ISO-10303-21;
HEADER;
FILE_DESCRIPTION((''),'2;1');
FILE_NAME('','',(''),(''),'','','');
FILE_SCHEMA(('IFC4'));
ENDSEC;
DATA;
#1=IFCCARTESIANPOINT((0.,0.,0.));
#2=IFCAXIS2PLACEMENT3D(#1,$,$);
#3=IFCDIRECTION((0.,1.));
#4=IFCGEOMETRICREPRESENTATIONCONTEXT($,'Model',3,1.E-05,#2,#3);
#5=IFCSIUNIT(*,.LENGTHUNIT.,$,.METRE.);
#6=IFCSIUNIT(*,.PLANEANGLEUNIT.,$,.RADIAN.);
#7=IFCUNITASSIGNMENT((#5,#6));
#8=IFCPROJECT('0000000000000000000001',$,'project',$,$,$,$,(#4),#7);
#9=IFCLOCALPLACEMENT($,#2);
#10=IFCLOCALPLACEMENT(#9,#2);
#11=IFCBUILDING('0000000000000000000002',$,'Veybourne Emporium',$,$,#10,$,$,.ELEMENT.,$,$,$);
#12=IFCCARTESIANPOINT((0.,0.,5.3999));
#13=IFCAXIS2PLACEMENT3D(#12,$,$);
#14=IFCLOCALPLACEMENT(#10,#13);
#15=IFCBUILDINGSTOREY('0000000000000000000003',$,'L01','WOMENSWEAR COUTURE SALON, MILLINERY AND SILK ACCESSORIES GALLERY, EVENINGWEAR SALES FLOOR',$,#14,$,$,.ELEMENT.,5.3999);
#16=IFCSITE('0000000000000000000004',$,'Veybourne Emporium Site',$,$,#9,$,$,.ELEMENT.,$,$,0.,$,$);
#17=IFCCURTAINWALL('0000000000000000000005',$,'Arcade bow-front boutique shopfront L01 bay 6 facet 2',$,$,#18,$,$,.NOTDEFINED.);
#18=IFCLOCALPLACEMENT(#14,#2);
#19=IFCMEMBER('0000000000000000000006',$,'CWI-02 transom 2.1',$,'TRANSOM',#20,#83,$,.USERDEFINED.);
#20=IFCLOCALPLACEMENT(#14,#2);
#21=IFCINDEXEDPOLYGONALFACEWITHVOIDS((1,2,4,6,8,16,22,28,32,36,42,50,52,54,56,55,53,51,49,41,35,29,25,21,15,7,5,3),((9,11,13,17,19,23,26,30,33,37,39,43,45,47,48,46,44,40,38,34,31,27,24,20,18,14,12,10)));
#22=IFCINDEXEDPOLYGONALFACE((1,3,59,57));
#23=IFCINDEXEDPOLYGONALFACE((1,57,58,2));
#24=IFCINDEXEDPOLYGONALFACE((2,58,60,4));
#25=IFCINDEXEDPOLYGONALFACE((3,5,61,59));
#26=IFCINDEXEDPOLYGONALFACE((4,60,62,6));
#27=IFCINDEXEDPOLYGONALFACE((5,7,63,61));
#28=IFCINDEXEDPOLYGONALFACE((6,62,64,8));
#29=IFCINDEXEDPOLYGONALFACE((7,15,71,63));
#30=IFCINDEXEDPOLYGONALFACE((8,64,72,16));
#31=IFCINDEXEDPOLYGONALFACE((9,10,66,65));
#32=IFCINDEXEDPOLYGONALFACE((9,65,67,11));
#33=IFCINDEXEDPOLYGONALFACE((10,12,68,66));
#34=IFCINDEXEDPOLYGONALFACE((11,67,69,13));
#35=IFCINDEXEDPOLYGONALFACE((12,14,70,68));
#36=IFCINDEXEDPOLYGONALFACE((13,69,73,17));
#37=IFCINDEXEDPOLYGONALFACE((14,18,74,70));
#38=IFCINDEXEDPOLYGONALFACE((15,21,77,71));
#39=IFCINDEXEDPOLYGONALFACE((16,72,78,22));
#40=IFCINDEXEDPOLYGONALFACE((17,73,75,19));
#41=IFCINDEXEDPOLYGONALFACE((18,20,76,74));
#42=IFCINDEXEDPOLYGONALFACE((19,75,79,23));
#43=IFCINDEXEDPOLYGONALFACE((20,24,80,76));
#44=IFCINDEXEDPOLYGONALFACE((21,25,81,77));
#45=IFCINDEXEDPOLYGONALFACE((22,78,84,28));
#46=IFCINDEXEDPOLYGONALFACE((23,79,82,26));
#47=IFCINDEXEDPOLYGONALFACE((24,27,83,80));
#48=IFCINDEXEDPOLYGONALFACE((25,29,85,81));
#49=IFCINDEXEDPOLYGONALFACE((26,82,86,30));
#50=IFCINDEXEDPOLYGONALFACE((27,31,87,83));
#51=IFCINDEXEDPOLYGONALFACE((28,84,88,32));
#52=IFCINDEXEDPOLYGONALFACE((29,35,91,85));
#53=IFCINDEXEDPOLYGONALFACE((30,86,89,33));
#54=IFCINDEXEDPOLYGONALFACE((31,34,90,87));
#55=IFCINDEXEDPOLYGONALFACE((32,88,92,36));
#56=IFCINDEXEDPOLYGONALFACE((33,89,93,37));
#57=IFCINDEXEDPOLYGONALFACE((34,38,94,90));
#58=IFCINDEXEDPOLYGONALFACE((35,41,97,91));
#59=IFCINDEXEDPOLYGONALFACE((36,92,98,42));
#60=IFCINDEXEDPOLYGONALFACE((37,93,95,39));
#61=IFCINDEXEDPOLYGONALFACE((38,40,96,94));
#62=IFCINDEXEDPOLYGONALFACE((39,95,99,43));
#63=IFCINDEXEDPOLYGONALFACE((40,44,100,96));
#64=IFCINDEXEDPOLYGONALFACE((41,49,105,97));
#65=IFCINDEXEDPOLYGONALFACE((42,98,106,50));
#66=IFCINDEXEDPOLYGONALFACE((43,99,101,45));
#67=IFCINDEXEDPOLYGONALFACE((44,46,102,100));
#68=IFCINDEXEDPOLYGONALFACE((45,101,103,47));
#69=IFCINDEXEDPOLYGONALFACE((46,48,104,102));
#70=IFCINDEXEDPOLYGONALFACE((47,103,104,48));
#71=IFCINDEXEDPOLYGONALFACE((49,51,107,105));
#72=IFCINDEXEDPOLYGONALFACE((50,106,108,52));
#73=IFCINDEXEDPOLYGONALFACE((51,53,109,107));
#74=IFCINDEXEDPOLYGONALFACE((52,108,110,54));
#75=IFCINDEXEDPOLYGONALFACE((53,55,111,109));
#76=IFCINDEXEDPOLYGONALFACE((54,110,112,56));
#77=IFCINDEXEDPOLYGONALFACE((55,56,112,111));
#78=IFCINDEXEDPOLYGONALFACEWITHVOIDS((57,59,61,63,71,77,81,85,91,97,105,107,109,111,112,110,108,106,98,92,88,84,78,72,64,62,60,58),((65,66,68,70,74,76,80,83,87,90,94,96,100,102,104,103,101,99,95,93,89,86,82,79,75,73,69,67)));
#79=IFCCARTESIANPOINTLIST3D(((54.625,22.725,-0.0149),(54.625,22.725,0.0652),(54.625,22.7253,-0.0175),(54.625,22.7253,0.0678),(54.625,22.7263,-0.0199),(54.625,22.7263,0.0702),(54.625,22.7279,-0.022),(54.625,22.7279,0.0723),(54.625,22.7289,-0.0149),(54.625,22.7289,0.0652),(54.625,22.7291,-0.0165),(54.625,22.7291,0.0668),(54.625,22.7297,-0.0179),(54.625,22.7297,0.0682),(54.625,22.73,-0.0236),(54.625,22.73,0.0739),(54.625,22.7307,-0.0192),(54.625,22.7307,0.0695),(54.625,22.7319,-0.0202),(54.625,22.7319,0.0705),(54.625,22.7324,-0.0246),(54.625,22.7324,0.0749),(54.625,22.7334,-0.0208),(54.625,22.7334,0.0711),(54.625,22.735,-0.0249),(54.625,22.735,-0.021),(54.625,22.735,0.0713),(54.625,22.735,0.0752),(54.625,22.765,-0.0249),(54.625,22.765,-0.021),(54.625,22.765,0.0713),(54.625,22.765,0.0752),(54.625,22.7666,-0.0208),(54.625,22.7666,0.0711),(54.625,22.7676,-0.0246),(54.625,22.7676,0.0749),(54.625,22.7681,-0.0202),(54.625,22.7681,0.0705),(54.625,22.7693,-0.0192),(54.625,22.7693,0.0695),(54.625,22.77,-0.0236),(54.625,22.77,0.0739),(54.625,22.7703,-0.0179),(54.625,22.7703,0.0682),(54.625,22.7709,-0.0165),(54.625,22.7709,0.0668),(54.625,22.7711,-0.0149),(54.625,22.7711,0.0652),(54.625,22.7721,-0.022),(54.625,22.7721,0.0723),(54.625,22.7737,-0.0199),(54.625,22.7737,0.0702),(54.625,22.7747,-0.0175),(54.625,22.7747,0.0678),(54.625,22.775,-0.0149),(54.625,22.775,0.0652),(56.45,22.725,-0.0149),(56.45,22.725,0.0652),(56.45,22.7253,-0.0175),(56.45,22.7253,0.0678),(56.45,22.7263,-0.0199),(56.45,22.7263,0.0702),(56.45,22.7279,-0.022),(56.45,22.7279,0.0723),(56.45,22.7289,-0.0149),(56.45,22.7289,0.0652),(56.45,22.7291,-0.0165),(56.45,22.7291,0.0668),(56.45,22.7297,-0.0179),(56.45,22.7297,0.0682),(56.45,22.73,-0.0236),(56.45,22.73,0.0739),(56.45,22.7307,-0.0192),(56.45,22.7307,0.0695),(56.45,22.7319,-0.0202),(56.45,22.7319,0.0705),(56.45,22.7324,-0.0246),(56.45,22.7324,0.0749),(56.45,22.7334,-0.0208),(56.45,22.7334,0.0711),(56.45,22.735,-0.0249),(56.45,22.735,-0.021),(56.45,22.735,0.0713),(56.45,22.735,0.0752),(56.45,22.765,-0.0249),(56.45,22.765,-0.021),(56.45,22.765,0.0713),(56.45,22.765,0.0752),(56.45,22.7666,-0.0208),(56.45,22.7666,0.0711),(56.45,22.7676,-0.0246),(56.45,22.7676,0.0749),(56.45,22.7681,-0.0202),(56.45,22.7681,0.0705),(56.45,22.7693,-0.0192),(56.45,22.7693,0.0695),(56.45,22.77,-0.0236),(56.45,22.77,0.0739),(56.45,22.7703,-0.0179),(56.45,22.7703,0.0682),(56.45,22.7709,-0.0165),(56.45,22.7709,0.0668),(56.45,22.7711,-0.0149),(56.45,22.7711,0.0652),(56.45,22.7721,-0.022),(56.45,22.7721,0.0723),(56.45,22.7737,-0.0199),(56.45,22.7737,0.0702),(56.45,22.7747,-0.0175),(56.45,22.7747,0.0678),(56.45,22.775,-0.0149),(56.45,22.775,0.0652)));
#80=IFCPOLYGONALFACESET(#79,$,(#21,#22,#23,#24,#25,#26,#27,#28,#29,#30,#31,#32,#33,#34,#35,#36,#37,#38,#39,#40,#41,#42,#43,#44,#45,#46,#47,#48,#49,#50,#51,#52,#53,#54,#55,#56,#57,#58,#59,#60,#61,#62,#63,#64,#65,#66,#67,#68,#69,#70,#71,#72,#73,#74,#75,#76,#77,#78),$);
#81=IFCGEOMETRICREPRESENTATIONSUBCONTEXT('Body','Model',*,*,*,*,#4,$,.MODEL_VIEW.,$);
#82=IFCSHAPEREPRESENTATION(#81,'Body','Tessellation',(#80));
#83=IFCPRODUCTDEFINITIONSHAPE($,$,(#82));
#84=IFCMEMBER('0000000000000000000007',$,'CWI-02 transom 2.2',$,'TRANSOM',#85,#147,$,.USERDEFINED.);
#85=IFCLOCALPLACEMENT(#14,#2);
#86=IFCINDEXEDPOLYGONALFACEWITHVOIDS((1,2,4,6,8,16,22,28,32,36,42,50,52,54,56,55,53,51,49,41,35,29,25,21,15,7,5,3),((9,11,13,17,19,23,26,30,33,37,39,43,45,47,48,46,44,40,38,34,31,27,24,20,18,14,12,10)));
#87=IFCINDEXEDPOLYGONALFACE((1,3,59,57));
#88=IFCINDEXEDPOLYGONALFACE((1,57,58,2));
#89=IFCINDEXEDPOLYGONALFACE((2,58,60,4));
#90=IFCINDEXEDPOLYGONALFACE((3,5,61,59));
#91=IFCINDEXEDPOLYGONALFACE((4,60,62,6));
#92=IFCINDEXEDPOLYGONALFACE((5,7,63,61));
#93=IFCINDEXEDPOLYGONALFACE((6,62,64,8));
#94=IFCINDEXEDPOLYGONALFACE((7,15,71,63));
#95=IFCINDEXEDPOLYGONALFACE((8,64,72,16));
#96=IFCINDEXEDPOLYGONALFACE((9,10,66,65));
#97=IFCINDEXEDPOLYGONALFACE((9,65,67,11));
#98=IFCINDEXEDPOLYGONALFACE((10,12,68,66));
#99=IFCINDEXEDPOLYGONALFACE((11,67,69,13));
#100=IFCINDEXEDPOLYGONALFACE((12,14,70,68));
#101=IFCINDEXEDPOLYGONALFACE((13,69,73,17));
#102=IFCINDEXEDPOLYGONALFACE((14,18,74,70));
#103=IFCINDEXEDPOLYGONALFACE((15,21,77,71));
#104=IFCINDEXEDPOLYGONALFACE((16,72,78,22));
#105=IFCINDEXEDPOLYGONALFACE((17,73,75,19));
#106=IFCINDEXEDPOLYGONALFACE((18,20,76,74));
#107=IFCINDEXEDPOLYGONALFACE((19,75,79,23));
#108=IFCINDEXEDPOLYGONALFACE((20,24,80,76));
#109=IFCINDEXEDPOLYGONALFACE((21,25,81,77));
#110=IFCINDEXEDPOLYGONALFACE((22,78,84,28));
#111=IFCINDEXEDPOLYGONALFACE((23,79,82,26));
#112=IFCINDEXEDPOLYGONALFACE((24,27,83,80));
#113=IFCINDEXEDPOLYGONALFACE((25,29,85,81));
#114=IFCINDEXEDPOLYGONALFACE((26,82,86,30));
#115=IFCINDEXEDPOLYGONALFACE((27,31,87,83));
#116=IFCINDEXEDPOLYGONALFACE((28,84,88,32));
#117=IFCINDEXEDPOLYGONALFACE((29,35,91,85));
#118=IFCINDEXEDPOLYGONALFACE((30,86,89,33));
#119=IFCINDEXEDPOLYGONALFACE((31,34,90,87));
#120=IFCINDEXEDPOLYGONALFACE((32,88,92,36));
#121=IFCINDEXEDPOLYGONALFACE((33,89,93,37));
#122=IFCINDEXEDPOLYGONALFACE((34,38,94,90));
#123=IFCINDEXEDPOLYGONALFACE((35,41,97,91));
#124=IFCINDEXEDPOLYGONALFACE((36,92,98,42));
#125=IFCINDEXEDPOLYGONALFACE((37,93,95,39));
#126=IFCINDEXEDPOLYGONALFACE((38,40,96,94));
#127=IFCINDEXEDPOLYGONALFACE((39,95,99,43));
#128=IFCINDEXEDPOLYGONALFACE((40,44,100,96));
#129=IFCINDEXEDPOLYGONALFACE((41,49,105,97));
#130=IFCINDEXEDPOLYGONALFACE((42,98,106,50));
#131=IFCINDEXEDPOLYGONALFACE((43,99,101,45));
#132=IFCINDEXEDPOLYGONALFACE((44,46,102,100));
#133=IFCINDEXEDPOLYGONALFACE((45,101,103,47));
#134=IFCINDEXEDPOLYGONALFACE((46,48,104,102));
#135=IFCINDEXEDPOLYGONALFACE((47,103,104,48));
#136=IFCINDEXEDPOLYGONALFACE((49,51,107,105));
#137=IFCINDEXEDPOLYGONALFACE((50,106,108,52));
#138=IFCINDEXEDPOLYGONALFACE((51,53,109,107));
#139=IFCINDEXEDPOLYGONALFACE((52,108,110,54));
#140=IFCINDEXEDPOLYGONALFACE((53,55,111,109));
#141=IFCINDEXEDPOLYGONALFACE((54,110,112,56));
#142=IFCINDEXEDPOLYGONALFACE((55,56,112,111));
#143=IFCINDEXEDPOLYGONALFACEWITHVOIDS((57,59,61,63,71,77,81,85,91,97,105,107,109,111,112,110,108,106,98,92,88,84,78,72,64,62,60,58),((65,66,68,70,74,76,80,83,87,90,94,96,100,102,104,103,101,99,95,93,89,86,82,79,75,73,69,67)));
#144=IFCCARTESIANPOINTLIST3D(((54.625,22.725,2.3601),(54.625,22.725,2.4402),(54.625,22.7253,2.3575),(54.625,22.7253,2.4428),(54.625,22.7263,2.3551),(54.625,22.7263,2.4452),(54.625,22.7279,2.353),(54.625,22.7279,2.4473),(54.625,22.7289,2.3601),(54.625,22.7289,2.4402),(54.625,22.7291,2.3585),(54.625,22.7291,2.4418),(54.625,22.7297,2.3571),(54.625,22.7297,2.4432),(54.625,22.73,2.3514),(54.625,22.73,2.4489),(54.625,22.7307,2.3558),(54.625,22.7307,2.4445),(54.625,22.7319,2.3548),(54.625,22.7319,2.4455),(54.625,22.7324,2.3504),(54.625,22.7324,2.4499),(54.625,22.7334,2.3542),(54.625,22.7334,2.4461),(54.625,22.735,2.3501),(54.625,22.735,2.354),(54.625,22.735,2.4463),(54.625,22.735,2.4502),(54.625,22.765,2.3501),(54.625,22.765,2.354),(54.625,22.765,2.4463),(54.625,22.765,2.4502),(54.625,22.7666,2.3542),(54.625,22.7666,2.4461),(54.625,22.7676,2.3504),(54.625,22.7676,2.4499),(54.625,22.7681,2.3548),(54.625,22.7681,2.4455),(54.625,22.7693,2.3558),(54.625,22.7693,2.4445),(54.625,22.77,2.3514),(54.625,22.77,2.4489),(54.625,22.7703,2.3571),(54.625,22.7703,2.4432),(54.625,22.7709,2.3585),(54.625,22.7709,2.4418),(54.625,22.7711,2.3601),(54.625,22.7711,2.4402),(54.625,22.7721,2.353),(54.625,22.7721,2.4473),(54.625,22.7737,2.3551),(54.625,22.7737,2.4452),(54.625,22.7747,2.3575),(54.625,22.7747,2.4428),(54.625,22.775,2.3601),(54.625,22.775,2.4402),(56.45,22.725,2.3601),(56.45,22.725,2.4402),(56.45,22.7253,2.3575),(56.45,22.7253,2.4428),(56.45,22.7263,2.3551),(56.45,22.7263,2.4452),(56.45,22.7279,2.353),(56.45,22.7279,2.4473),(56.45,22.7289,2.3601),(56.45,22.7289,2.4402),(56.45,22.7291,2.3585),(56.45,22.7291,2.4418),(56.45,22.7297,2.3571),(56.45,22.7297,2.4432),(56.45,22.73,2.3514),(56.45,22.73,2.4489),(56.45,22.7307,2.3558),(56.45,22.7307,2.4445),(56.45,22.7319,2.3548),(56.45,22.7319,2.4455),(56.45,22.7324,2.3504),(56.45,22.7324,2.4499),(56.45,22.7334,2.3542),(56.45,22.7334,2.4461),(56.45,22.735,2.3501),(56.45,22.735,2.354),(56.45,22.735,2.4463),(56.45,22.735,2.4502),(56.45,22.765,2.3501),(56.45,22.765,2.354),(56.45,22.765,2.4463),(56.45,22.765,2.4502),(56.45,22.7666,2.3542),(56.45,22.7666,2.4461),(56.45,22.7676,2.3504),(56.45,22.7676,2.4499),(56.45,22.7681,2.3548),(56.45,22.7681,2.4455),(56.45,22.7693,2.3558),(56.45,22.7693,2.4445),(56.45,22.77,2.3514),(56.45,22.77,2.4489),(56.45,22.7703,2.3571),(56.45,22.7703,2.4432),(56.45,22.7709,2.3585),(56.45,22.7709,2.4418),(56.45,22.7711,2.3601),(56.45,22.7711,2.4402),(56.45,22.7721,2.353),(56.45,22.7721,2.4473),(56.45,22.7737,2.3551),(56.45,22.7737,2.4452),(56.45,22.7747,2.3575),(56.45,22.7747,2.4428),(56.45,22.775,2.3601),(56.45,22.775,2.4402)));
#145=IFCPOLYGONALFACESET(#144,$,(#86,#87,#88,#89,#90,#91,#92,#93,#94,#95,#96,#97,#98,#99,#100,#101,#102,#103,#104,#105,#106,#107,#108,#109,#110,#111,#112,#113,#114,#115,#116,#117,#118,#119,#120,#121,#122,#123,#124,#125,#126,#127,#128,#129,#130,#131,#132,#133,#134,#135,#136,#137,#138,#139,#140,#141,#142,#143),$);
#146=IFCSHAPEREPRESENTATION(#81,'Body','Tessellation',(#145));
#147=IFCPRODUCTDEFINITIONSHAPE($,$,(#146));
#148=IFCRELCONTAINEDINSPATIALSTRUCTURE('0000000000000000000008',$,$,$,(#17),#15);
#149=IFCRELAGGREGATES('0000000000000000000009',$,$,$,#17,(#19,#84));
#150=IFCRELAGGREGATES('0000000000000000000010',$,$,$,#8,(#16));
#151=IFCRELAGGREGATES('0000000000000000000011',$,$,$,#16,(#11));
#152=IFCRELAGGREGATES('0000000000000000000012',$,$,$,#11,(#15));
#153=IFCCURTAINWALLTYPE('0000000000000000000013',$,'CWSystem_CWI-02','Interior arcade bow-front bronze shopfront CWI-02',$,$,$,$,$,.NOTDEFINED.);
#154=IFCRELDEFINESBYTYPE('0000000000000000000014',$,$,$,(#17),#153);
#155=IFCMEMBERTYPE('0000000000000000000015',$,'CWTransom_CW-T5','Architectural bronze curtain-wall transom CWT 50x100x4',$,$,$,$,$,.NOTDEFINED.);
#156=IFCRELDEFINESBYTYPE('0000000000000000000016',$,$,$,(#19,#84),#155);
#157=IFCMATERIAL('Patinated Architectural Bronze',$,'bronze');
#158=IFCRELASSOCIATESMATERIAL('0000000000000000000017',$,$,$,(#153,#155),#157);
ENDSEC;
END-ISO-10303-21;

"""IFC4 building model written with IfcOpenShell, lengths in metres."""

from ifc_helpers import new_model, si_unit, direction, frame, origin, origin_2d, place, context, subcontext, project, spatial, hollow_rectangle, extrude, material, material_profile, profile_set, type_object, element, aggregate, save


model = new_model("IFC4")

# Units and contexts
model_context = context("Model", 3, precision=1e-05, world=origin(), true_north=direction((0.0, 1.0)))
body_context = subcontext(model_context, "Body", "Model", "MODEL_VIEW")
ifc_project = project(units=[si_unit("LENGTHUNIT", "METRE"), si_unit("PLANEANGLEUNIT", "RADIAN")], contexts=[model_context])

# Site, building, storey
site_placement = place(None, origin())
site = spatial("IfcSite", under=ifc_project, at=site_placement, Name="Veybourne Emporium Site", CompositionType="ELEMENT", RefElevation=0.0)
building_placement = place(site_placement, origin())
building = spatial("IfcBuilding", under=site, at=building_placement, Name="Veybourne Emporium", CompositionType="ELEMENT")
storey_placement = place(building_placement, frame((0.0, 0.0, 5.3999)))
storey = spatial("IfcBuildingStorey", under=building, at=storey_placement, Name="L01", Description="WOMENSWEAR COUTURE SALON, MILLINERY AND SILK ACCESSORIES GALLERY, EVENINGWEAR SALES FLOOR", CompositionType="ELEMENT", Elevation=5.3999)

# Curtain wall
ifc_material_1 = material(Name="Patinated Architectural Bronze", Category="bronze")
curtain_wall_type_1 = type_object("IfcCurtainWallType", Name="CWSystem_CWI-02", Description="Interior arcade bow-front bronze shopfront CWI-02", PredefinedType="NOTDEFINED", material=ifc_material_1)
curtain_wall_1_placement = place(storey_placement, origin())
curtain_wall_1 = element("IfcCurtainWall", 1, at=curtain_wall_1_placement, inside=storey, type_object=curtain_wall_type_1, Name="Arcade bow-front boutique shopfront L01 bay 6 facet 2", PredefinedType="NOTDEFINED")

# Members
ifc_material_profile_1 = material_profile(ifc_material_1, hollow_rectangle(XDim=0.05, YDim=0.1001, WallThickness=0.0039, InnerFilletRadius=0.0061, OuterFilletRadius=0.01, at=origin_2d()), Name="CWT 50x100x4")
ifc_profile_set_1 = profile_set([ifc_material_profile_1], Name="Patinated Architectural Bronze")
member_type_1 = type_object("IfcMemberType", Name="CWTransom_CW-T5", Description="Architectural bronze curtain-wall transom CWT 50x100x4", PredefinedType="NOTDEFINED", material=ifc_profile_set_1)
member_1_placement = place(storey_placement, frame((54.625, 22.75, 0.0251), z_axis=(1.0, 0.0, 0.0), x_axis=(0.0, 1.0, 0.0)))
member_1 = element("IfcMember", 2, at=member_1_placement, type_object=member_type_1, Name="CWI-02 transom 2.1", ObjectType="TRANSOM", PredefinedType="USERDEFINED", context=body_context, shape_type="SweptSolid", body=[
    extrude(hollow_rectangle(XDim=0.05, YDim=0.1001, WallThickness=0.0039, InnerFilletRadius=0.0061, OuterFilletRadius=0.01, at=origin_2d()), origin(), (0.0, 0.0, 1.0), 1.825),
])
member_2_placement = place(storey_placement, frame((54.625, 22.75, 2.4001), z_axis=(1.0, 0.0, 0.0), x_axis=(0.0, 1.0, 0.0)))
member_2 = element("IfcMember", 3, at=member_2_placement, type_object=member_type_1, Name="CWI-02 transom 2.2", ObjectType="TRANSOM", PredefinedType="USERDEFINED", context=body_context, shape_type="SweptSolid", body=[
    extrude(hollow_rectangle(XDim=0.05, YDim=0.1001, WallThickness=0.0039, InnerFilletRadius=0.0061, OuterFilletRadius=0.01, at=origin_2d()), origin(), (0.0, 0.0, 1.0), 1.825),
])

aggregate(curtain_wall_1, [member_1, member_2])

save(model, "model.ifc")
